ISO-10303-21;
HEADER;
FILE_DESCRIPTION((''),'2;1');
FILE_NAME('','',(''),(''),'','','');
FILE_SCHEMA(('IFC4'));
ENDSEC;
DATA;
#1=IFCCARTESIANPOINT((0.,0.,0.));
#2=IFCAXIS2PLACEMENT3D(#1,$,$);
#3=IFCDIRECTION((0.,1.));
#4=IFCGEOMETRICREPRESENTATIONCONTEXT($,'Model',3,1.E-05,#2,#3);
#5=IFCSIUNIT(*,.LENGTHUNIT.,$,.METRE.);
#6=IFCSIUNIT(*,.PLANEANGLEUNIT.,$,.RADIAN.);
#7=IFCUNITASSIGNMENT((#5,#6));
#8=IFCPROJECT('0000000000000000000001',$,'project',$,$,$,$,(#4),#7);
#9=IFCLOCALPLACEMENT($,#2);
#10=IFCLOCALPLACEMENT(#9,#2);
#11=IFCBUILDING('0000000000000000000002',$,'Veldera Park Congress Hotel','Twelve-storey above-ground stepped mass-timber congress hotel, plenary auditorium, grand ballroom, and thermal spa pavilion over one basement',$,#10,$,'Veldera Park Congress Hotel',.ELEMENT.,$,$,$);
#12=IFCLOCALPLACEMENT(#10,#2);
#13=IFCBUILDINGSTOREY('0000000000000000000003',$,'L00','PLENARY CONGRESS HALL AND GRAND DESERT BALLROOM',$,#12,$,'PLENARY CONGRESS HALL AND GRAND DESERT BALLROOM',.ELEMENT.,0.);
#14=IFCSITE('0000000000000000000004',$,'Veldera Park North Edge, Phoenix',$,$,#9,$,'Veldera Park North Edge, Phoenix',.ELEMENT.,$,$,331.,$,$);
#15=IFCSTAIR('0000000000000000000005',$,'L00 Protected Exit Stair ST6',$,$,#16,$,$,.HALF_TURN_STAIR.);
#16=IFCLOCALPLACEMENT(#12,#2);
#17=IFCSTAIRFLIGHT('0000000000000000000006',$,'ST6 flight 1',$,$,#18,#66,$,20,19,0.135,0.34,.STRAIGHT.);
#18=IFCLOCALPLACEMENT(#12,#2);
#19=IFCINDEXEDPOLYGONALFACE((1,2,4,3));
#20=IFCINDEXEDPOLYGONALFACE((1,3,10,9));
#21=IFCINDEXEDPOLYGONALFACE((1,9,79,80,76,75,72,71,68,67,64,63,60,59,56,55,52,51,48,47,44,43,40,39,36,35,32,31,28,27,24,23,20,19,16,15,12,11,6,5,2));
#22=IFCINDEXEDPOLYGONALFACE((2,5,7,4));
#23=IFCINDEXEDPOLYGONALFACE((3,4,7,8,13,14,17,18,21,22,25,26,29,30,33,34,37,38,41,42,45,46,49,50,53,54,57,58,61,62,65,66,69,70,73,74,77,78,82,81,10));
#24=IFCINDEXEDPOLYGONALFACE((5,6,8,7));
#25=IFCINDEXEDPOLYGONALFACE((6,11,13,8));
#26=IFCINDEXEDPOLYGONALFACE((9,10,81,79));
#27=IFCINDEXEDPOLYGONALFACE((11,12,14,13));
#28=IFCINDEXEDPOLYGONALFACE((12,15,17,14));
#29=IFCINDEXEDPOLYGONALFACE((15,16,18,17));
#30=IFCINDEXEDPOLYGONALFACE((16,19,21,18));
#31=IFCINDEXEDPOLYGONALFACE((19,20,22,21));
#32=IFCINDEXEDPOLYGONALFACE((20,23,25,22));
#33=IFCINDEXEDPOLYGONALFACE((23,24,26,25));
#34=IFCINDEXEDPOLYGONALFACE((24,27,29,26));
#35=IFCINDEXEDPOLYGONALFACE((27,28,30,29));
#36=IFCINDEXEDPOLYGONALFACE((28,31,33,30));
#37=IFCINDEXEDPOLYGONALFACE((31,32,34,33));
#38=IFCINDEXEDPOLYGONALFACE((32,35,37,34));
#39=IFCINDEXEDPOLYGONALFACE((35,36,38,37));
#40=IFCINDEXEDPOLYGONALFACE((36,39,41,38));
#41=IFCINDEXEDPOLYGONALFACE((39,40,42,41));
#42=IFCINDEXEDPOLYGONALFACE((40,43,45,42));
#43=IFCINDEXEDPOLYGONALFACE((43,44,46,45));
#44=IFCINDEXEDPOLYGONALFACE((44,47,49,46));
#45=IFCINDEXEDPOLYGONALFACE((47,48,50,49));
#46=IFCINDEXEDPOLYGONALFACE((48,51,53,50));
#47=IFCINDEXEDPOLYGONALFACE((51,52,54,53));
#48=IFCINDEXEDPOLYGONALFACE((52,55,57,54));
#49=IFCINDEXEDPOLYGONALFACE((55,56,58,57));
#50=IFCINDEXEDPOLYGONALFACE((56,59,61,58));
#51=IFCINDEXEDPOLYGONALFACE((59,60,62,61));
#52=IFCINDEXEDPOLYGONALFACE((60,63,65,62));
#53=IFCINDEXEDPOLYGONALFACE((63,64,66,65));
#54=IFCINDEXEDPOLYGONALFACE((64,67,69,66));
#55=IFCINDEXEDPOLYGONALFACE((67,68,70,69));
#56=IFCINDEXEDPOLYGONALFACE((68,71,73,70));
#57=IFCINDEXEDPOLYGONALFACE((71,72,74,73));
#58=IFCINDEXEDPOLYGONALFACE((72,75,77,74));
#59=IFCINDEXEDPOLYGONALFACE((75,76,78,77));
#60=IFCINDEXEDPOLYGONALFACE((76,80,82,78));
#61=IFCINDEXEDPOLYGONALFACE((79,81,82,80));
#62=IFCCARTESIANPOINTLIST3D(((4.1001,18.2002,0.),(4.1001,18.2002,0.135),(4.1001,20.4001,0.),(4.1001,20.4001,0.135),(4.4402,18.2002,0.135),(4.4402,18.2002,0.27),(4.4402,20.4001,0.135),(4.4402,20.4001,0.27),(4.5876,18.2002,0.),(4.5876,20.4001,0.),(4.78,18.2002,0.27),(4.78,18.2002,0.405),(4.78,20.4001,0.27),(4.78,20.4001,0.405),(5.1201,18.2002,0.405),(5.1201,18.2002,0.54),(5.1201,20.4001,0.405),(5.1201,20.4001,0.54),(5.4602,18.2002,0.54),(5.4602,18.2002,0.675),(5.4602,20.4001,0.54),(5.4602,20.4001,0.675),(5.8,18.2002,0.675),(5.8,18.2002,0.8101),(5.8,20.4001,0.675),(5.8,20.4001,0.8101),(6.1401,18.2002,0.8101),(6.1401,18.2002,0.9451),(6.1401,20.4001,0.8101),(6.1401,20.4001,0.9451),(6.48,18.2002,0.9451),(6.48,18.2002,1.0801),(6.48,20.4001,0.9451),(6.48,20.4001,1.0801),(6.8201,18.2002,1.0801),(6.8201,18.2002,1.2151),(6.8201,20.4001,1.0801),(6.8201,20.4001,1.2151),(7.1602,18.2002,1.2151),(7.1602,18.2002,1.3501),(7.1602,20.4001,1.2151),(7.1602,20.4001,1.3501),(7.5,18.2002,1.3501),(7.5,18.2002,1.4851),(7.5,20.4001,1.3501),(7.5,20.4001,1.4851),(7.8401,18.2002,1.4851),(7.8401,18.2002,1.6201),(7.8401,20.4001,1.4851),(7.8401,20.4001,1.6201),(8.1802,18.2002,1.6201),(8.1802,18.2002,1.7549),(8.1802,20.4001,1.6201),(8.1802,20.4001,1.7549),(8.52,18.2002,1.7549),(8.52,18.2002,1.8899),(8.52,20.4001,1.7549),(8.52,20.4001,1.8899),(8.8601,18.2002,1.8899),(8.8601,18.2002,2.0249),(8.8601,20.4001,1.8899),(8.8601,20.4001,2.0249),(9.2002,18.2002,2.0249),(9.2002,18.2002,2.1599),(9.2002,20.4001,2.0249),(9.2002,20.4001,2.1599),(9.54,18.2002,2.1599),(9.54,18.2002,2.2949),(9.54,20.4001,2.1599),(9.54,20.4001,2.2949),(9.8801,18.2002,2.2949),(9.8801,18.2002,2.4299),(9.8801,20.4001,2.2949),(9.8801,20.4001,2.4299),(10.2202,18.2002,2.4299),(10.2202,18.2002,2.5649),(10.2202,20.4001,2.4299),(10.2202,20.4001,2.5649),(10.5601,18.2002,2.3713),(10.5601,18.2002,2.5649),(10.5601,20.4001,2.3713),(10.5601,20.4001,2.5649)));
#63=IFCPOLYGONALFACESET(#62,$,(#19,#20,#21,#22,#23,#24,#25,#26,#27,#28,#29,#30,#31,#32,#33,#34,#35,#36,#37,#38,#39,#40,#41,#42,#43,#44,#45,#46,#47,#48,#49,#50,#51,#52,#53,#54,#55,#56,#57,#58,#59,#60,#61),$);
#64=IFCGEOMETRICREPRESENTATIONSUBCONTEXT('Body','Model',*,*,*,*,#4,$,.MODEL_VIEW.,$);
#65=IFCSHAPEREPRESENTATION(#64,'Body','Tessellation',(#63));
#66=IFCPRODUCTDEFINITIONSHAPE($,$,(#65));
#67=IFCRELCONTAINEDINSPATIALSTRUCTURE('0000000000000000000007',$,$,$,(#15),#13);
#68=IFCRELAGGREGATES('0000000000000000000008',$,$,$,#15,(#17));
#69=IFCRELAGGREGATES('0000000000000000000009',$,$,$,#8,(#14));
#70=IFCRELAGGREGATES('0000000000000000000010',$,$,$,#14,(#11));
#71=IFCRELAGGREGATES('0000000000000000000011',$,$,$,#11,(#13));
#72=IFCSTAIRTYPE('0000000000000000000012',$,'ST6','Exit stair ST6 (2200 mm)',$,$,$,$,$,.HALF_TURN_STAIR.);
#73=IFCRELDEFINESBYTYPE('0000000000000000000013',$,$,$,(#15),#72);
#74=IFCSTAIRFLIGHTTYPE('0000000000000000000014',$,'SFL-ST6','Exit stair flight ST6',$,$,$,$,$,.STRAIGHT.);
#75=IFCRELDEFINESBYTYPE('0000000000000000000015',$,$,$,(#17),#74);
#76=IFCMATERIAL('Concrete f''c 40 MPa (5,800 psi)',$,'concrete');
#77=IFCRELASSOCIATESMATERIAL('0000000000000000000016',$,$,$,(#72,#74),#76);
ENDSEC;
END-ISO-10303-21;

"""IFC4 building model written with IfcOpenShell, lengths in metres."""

from ifc_helpers import new_model, si_unit, direction, frame, origin, place, context, subcontext, project, spatial, polyline, outline, extrude, material, type_object, element, aggregate, save


model = new_model("IFC4")

# Units and contexts
model_context = context("Model", 3, precision=1e-05, world=origin(), true_north=direction((0.0, 1.0)))
body_context = subcontext(model_context, "Body", "Model", "MODEL_VIEW")
ifc_project = project(units=[si_unit("LENGTHUNIT", "METRE"), si_unit("PLANEANGLEUNIT", "RADIAN")], contexts=[model_context])

# Site, building, storey
site_placement = place(None, origin())
site = spatial("IfcSite", under=ifc_project, at=site_placement, Name="Veldera Park North Edge, Phoenix", LongName="Veldera Park North Edge, Phoenix", CompositionType="ELEMENT", RefElevation=331.0)
building_placement = place(site_placement, origin())
building = spatial("IfcBuilding", under=site, at=building_placement, Name="Veldera Park Congress Hotel", Description="Twelve-storey above-ground stepped mass-timber congress hotel, plenary auditorium, grand ballroom, and thermal spa pavilion over one basement", LongName="Veldera Park Congress Hotel", CompositionType="ELEMENT")
storey_placement = place(building_placement, origin())
storey = spatial("IfcBuildingStorey", under=building, at=storey_placement, Name="L00", Description="PLENARY CONGRESS HALL AND GRAND DESERT BALLROOM", LongName="PLENARY CONGRESS HALL AND GRAND DESERT BALLROOM", CompositionType="ELEMENT", Elevation=0.0)

# Shared definitions
ifc_material_1 = material(Name="Concrete f'c 40 MPa (5,800 psi)", Category="concrete")

# Stair, stair flight
stair_type = type_object("IfcStairType", Name="ST6", Description="Exit stair ST6 (2200 mm)", PredefinedType="HALF_TURN_STAIR", material=ifc_material_1)
stair_placement = place(storey_placement, origin())
stair = element("IfcStair", 1, at=stair_placement, inside=storey, type_object=stair_type, Name="L00 Protected Exit Stair ST6", PredefinedType="HALF_TURN_STAIR")
stair_flight_type = type_object("IfcStairFlightType", Name="SFL-ST6", Description="Exit stair flight ST6", PredefinedType="STRAIGHT", material=ifc_material_1)
stair_flight_placement = place(storey_placement, frame((4.1001, 19.3, 0.0), z_axis=(0.0, 0.0, 1.0), x_axis=(1.0, 0.0, 0.0)))
stair_flight = element("IfcStairFlight", 2, at=stair_flight_placement, type_object=stair_flight_type, Name="ST6 flight 1", NumberOfRisers=20, NumberOfTreads=19, PredefinedType="STRAIGHT", RiserHeight=0.135, TreadLength=0.34, context=body_context, shape_type="SweptSolid", body=[
    extrude(outline(polyline([(0.0, 0.0), (0.0, 0.135), (0.3401, 0.135), (0.3401, 0.27), (0.6799, 0.27), (0.6799, 0.405), (1.02, 0.405), (1.02, 0.54), (1.3601, 0.54), (1.3601, 0.675), (1.7, 0.675), (1.7, 0.8101), (2.04, 0.8101), (2.04, 0.9451), (2.3799, 0.9451), (2.3799, 1.0801), (2.72, 1.0801), (2.72, 1.2151), (3.0601, 1.2151), (3.0601, 1.3501), (3.3999, 1.3501), (3.3999, 1.4851), (3.74, 1.4851), (3.74, 1.6201), (4.0801, 1.6201), (4.0801, 1.7549), (4.4199, 1.7549), (4.4199, 1.8899), (4.76, 1.8899), (4.76, 2.0249), (5.1001, 2.0249), (5.1001, 2.1599), (5.4399, 2.1599), (5.4399, 2.2949), (5.78, 2.2949), (5.78, 2.4299), (6.1201, 2.4299), (6.1201, 2.5649), (6.46, 2.5649), (6.46, 2.7), (6.46, 2.7), (6.46, 2.3713), (0.4875, 0.0), (0.0, 0.0)])), frame((0.0, 1.1001, 0.0), z_axis=(0.0, -1.0, 0.0), x_axis=(1.0, 0.0, 0.0)), (0.0, 0.0, 1.0), 2.2),
])
aggregate(stair, [stair_flight])

save(model, "model.ifc")
